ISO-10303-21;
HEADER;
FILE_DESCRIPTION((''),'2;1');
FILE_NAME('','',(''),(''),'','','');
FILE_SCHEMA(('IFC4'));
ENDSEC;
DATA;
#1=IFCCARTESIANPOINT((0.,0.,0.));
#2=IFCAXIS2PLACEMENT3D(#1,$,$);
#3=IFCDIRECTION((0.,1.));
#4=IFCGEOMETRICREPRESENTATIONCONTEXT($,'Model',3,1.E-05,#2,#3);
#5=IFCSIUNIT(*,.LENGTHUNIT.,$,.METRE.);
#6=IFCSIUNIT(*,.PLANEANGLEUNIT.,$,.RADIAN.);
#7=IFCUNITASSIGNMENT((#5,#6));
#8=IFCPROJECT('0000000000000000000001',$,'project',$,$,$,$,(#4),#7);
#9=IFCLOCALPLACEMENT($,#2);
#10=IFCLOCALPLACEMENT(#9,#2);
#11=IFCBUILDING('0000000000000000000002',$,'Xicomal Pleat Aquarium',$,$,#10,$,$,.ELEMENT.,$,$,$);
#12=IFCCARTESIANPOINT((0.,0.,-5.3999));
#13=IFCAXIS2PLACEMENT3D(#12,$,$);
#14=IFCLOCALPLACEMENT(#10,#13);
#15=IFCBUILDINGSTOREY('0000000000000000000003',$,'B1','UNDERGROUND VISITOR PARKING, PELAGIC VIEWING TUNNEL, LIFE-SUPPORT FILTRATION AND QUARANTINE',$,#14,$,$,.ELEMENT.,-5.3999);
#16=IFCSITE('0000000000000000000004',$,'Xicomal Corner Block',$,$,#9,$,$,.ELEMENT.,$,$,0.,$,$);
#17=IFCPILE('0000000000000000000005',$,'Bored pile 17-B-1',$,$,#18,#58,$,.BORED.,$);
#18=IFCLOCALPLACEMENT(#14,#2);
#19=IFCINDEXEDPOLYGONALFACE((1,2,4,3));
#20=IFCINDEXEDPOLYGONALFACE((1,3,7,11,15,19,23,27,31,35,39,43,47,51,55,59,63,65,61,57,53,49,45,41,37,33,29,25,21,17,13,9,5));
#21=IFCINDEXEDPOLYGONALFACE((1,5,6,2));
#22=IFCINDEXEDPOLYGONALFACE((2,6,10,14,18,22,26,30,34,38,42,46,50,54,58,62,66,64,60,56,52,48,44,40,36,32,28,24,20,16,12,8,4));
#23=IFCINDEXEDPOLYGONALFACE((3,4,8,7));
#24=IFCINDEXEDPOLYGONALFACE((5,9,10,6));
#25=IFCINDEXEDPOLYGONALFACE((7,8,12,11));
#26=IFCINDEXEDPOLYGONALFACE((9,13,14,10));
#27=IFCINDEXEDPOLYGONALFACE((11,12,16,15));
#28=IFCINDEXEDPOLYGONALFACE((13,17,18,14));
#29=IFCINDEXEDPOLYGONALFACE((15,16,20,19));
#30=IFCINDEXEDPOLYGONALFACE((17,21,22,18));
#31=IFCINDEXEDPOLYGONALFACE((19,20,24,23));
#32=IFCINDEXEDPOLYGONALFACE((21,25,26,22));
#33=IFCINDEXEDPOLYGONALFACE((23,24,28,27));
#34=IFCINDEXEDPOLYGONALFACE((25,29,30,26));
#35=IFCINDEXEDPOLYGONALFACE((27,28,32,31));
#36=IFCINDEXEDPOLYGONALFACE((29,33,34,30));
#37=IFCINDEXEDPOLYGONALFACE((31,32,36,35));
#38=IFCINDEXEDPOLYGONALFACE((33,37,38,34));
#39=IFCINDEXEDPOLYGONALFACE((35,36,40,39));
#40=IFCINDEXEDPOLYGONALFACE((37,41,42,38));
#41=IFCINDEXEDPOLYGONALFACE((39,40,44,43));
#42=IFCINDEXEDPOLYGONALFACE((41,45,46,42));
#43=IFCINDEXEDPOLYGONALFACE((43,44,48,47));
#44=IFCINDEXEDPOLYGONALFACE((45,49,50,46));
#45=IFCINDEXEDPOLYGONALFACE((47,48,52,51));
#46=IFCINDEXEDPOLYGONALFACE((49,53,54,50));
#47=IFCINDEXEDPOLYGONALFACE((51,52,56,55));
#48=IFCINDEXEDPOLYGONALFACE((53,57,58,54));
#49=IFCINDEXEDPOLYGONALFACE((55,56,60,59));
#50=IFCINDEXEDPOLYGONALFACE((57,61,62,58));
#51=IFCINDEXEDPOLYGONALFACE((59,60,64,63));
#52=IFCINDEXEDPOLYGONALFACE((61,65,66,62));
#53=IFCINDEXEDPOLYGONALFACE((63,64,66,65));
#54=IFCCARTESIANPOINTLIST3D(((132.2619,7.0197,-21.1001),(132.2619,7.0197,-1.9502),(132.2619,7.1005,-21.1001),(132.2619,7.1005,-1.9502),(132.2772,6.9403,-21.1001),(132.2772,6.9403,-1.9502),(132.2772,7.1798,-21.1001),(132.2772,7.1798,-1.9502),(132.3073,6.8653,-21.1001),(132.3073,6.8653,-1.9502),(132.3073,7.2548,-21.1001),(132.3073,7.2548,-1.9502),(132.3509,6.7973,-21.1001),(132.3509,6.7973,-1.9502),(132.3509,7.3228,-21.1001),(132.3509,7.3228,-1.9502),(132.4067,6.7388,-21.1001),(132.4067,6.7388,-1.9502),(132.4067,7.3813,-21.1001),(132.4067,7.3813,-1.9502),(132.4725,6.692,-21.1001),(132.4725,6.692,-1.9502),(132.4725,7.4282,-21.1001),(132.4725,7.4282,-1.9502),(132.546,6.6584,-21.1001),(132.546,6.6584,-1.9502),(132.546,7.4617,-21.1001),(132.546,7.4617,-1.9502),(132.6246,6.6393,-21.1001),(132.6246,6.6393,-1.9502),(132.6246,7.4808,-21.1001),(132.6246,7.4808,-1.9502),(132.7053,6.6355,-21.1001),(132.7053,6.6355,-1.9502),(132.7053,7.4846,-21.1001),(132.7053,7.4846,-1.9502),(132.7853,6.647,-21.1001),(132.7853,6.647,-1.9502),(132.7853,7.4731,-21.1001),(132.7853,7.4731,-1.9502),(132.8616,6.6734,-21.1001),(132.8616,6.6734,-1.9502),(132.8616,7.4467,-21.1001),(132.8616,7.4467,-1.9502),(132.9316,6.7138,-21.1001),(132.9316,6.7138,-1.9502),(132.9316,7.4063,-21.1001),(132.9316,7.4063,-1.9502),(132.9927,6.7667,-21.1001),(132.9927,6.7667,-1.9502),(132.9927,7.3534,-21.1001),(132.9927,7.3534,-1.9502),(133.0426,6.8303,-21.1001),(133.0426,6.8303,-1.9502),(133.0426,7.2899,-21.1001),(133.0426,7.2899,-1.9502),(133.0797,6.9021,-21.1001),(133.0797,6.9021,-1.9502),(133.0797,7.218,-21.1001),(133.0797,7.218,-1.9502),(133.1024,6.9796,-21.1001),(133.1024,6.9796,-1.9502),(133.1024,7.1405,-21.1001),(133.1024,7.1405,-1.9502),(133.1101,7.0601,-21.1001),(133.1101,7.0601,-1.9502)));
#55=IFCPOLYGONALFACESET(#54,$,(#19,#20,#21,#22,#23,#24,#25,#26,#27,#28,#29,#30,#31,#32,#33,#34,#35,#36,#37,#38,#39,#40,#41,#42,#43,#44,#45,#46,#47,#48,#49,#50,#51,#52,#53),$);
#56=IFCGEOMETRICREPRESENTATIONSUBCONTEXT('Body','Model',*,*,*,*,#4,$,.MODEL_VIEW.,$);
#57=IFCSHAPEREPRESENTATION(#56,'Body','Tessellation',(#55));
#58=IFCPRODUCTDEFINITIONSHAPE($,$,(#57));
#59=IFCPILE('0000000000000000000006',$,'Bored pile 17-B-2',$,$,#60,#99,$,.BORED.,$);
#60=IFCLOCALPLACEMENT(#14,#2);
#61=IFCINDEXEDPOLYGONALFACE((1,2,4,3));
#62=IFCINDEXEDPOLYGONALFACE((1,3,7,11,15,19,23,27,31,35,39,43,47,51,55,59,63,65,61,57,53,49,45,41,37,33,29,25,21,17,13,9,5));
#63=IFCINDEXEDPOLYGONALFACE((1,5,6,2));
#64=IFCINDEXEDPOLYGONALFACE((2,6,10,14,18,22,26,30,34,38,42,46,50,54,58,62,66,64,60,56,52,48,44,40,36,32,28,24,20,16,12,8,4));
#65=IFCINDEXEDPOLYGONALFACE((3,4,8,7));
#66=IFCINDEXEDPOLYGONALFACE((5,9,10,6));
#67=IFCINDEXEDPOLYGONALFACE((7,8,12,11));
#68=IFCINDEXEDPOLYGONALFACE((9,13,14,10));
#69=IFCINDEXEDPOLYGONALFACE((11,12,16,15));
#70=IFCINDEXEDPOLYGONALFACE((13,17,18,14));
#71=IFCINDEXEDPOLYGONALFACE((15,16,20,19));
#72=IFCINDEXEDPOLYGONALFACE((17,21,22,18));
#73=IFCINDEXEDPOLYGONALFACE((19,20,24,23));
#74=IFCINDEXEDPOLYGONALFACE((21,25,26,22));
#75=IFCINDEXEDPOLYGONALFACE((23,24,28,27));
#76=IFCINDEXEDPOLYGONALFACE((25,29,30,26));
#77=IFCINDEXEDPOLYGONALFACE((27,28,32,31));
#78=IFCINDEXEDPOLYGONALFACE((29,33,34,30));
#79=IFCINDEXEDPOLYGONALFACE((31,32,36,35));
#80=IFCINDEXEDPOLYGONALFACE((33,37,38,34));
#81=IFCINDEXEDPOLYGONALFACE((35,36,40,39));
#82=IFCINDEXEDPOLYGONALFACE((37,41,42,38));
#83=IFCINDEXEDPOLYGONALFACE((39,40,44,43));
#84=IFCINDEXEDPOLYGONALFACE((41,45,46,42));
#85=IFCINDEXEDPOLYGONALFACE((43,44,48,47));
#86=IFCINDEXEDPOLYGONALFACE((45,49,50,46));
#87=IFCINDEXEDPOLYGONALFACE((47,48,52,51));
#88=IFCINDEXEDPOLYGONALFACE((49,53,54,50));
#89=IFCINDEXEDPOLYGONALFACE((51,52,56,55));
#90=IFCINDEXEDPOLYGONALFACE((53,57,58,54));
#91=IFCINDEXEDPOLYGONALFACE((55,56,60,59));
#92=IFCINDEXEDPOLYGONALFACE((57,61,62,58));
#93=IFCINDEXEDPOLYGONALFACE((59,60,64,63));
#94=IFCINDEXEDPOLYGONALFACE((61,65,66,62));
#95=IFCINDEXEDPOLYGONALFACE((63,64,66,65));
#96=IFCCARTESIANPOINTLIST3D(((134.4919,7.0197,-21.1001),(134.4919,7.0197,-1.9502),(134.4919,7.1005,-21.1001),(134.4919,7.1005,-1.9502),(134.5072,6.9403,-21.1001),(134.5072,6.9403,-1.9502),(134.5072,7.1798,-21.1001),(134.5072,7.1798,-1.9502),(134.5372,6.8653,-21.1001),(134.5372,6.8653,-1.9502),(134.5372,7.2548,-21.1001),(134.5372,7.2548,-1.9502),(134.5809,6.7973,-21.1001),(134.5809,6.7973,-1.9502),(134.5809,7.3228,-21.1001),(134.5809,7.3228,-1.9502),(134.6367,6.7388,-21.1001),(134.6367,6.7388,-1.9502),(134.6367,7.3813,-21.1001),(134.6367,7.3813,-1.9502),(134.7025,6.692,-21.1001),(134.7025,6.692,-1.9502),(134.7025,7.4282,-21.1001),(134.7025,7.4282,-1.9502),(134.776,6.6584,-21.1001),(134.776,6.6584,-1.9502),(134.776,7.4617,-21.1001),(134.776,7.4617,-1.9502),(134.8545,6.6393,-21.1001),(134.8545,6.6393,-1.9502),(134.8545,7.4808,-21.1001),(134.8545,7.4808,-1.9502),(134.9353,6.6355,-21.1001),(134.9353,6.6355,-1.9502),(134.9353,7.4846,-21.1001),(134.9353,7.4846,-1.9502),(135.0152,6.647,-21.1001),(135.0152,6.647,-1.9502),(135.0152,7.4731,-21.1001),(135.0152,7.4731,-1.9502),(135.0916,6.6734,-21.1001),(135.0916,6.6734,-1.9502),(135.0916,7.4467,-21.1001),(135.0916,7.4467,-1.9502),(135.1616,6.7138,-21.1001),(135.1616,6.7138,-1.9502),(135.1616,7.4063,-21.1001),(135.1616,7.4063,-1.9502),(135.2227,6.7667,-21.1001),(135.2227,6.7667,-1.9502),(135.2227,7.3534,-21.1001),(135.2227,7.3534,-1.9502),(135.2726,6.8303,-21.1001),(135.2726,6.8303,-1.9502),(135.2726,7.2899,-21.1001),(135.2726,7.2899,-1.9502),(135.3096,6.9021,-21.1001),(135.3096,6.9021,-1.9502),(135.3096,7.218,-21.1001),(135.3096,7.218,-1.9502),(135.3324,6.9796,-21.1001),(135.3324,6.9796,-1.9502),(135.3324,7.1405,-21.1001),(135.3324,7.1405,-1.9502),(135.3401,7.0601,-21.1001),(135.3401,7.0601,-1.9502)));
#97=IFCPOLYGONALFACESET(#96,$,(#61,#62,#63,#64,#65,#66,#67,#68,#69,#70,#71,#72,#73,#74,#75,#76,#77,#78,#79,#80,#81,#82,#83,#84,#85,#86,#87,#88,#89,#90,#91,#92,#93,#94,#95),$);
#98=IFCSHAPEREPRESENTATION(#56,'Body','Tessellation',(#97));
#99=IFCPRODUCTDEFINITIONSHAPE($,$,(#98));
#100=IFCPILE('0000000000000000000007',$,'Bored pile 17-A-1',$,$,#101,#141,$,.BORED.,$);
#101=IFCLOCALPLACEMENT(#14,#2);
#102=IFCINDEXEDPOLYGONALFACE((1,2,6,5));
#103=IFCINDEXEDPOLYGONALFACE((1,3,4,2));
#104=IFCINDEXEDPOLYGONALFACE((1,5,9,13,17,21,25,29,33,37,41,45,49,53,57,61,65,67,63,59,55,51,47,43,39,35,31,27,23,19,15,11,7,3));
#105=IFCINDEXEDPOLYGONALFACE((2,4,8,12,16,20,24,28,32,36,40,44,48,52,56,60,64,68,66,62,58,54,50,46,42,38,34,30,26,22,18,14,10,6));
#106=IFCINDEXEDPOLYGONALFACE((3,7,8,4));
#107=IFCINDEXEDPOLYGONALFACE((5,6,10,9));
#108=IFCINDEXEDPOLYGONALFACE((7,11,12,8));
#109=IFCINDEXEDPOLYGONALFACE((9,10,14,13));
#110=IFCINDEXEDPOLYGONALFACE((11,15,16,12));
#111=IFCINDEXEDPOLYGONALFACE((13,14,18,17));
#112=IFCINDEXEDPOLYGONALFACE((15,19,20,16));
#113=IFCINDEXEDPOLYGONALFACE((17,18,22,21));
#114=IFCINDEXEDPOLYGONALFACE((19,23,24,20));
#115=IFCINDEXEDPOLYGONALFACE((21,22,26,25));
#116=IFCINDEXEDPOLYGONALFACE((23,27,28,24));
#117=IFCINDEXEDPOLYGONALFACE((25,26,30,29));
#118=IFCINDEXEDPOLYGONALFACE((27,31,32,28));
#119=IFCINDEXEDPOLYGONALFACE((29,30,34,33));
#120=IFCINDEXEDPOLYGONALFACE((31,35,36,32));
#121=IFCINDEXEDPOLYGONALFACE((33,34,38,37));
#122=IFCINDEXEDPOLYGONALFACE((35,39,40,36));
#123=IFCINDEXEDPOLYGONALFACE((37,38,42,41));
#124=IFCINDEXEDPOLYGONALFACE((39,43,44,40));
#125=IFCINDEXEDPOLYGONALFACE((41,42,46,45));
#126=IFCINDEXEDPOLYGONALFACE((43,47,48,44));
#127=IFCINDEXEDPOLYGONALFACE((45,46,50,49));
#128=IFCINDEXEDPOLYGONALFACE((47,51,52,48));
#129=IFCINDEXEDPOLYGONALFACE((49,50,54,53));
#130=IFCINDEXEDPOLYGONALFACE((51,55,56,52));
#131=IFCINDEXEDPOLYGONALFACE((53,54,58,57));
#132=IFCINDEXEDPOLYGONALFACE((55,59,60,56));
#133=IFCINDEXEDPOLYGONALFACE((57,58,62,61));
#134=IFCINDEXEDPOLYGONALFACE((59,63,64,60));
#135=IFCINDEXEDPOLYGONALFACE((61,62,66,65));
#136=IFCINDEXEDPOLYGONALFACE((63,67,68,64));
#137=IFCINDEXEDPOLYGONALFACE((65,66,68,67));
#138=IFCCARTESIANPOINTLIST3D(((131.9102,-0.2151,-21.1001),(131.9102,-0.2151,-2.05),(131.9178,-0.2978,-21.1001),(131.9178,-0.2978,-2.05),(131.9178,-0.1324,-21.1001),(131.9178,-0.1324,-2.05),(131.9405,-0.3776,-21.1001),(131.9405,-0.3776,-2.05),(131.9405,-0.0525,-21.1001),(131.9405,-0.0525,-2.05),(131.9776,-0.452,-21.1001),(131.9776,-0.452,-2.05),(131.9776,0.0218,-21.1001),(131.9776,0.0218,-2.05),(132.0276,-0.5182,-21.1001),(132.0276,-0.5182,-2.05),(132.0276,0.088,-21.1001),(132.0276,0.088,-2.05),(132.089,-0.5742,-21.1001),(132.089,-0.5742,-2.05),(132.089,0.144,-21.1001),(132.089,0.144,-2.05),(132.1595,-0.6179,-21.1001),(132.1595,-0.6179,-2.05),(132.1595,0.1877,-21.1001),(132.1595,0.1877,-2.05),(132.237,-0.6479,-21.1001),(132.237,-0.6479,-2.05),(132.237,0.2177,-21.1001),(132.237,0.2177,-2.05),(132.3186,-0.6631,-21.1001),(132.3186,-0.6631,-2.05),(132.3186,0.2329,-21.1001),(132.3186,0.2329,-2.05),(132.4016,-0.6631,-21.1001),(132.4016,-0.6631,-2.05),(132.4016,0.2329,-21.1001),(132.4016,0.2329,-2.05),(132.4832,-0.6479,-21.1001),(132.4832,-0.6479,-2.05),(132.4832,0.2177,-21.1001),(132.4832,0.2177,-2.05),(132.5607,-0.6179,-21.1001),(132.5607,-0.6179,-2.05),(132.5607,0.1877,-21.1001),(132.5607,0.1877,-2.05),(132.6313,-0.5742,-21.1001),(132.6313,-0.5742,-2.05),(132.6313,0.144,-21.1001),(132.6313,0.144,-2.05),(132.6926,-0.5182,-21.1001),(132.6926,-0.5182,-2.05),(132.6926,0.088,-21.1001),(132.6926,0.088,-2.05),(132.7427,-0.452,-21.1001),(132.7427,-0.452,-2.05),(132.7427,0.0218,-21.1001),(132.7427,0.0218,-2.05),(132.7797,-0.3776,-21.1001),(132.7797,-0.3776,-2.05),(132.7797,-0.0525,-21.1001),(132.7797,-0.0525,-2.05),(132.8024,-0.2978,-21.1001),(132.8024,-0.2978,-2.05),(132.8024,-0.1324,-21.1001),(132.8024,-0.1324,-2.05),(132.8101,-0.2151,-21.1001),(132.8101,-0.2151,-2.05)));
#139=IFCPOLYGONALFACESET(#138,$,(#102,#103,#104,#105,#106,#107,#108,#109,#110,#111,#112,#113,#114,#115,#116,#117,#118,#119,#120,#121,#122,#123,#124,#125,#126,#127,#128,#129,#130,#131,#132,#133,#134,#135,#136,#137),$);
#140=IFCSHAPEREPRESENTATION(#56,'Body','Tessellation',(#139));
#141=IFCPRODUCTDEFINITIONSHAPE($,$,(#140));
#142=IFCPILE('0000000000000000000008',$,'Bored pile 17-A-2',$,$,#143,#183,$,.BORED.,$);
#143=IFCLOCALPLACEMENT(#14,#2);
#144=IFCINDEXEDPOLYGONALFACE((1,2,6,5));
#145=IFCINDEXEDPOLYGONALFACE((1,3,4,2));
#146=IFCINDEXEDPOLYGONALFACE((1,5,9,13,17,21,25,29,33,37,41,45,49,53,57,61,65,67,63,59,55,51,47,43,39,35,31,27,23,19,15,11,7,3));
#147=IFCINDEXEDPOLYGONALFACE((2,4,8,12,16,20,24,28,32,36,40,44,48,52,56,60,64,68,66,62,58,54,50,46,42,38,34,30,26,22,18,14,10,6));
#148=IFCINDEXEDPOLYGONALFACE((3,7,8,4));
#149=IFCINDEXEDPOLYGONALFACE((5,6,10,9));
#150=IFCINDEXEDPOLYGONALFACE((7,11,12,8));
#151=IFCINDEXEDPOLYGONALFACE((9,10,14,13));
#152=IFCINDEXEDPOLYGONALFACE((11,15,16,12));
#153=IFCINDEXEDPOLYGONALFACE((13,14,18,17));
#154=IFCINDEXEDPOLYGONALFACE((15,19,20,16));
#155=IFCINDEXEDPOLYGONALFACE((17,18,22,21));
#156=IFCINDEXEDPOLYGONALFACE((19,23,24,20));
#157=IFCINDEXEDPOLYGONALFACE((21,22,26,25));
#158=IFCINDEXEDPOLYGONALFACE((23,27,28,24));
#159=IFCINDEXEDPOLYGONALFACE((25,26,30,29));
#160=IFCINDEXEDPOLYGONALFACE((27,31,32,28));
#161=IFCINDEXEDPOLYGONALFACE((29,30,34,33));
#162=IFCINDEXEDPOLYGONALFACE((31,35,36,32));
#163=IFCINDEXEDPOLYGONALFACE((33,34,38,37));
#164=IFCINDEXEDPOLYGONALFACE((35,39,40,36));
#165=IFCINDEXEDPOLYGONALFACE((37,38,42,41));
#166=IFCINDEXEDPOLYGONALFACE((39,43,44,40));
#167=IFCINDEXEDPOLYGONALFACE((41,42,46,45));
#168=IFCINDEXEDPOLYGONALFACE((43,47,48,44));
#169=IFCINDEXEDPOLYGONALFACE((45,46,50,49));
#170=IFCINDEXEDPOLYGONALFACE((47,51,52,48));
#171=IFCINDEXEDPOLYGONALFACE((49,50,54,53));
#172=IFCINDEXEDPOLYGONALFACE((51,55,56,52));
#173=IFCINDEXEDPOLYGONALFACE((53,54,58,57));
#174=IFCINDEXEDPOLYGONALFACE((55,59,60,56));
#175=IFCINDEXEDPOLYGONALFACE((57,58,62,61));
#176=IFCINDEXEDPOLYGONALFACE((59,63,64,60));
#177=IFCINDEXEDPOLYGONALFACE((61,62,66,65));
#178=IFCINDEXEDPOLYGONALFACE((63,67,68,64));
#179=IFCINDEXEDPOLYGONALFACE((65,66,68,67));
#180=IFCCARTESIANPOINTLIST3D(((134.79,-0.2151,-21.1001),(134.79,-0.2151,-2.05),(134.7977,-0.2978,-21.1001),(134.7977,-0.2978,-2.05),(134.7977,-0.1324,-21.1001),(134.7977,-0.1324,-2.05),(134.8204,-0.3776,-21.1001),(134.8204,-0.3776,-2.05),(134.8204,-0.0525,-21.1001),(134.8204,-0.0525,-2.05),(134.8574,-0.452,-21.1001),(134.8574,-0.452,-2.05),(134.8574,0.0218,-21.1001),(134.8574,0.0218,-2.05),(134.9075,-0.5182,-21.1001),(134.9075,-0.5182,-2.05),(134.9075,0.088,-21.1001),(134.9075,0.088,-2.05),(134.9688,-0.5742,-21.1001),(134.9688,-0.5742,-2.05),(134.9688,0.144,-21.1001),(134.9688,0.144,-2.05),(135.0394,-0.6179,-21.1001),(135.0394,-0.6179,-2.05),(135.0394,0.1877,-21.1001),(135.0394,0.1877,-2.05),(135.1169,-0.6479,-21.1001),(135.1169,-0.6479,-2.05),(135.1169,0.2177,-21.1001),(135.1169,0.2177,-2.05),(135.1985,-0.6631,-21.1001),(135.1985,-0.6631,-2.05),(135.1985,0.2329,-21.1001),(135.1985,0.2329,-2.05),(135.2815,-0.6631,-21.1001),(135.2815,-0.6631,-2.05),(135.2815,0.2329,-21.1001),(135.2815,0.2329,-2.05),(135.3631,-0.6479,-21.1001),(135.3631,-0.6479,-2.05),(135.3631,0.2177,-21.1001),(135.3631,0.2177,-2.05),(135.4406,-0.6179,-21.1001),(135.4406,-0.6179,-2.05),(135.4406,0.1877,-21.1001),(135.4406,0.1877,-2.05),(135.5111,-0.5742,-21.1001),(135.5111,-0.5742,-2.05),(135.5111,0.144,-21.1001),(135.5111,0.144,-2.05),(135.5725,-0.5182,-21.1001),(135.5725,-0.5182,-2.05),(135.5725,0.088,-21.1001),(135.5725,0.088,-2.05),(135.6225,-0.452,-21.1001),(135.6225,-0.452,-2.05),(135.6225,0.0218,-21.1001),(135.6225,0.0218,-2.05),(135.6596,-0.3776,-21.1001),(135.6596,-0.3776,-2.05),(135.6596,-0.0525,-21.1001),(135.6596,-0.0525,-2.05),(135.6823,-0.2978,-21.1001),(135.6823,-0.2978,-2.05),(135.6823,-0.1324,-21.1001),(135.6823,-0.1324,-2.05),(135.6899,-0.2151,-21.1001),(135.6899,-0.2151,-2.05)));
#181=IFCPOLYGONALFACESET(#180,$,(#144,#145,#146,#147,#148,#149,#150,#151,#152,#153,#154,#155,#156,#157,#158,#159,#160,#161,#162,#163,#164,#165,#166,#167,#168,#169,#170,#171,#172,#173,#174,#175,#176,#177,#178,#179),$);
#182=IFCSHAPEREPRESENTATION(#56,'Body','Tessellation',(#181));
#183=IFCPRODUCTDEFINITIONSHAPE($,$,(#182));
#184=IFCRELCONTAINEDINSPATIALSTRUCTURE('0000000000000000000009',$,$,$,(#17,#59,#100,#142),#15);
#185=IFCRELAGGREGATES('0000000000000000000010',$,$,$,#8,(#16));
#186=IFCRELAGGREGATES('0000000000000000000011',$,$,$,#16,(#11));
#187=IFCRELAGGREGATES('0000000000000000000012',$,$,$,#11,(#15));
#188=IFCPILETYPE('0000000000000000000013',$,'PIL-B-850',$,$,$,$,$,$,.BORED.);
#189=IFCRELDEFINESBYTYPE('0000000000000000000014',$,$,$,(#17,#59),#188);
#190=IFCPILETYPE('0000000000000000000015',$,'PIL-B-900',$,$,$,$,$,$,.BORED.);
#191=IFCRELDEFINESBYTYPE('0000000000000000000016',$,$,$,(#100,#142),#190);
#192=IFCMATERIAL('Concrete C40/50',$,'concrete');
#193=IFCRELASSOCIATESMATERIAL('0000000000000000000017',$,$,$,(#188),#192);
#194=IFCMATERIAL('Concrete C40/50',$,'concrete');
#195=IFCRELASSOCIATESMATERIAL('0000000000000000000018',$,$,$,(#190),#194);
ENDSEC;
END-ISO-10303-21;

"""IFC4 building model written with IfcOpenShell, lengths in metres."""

from ifc_helpers import new_model, si_unit, direction, frame, origin, origin_2d, place, context, subcontext, project, spatial, circle, extrude, material, material_profile, profile_set, type_object, element, save


model = new_model("IFC4")

# Units and contexts
model_context = context("Model", 3, precision=1e-05, world=origin(), true_north=direction((0.0, 1.0)))
body_context = subcontext(model_context, "Body", "Model", "MODEL_VIEW")
ifc_project = project(units=[si_unit("LENGTHUNIT", "METRE"), si_unit("PLANEANGLEUNIT", "RADIAN")], contexts=[model_context])

# Site, building, storey
site_placement = place(None, origin())
site = spatial("IfcSite", under=ifc_project, at=site_placement, Name="Xicomal Corner Block", CompositionType="ELEMENT", RefElevation=0.0)
building_placement = place(site_placement, origin())
building = spatial("IfcBuilding", under=site, at=building_placement, Name="Xicomal Pleat Aquarium", CompositionType="ELEMENT")
storey_placement = place(building_placement, frame((0.0, 0.0, -5.3999)))
storey = spatial("IfcBuildingStorey", under=building, at=storey_placement, Name="B1", Description="UNDERGROUND VISITOR PARKING, PELAGIC VIEWING TUNNEL, LIFE-SUPPORT FILTRATION AND QUARANTINE", CompositionType="ELEMENT", Elevation=-5.3999)

# Piles
ifc_material_1 = material(Name="Concrete C40/50", Category="concrete")
ifc_material_profile_1 = material_profile(ifc_material_1, circle(Radius=0.425, at=origin_2d()), Name="BORED PILE D850")
ifc_profile_set_1 = profile_set([ifc_material_profile_1], Name="Concrete C40/50")
pile_type_1 = type_object("IfcPileType", Name="PIL-B-850", PredefinedType="BORED", material=ifc_profile_set_1)
for number, where, z_axis, x_axis, name in (
    (1, (132.6851, 7.0601, -1.9502), (0.0, 0.0, -1.0), (1.0, 0.0, 0.0), "Bored pile 17-B-1"),
    (2, (134.915, 7.0601, -1.9502), (0.0, 0.0, -1.0), (1.0, 0.0, 0.0), "Bored pile 17-B-2"),
):
    element("IfcPile", number, at=place(storey_placement, frame(where, z_axis=z_axis, x_axis=x_axis)), inside=storey, type_object=pile_type_1, Name=name, PredefinedType="BORED", context=body_context, shape_type="SweptSolid", body=[
        extrude(circle(Radius=0.425, at=origin_2d()), origin(), (0.0, 0.0, 1.0), 19.1499),
    ])
ifc_material_2 = material(Name="Concrete C40/50", Category="concrete")
ifc_material_profile_2 = material_profile(ifc_material_2, circle(Radius=0.45, at=origin_2d()), Name="BORED PILE D900")
ifc_profile_set_2 = profile_set([ifc_material_profile_2], Name="Concrete C40/50")
pile_type_2 = type_object("IfcPileType", Name="PIL-B-900", PredefinedType="BORED", material=ifc_profile_set_2)
for number, where, z_axis, x_axis, name in (
    (3, (132.3601, -0.2151, -2.05), (0.0, 0.0, -1.0), (1.0, 0.0, 0.0), "Bored pile 17-A-1"),
    (4, (135.24, -0.2151, -2.05), (0.0, 0.0, -1.0), (1.0, 0.0, 0.0), "Bored pile 17-A-2"),
):
    element("IfcPile", number, at=place(storey_placement, frame(where, z_axis=z_axis, x_axis=x_axis)), inside=storey, type_object=pile_type_2, Name=name, PredefinedType="BORED", context=body_context, shape_type="SweptSolid", body=[
        extrude(circle(Radius=0.45, at=origin_2d()), origin(), (0.0, 0.0, 1.0), 19.05),
    ])

save(model, "model.ifc")
